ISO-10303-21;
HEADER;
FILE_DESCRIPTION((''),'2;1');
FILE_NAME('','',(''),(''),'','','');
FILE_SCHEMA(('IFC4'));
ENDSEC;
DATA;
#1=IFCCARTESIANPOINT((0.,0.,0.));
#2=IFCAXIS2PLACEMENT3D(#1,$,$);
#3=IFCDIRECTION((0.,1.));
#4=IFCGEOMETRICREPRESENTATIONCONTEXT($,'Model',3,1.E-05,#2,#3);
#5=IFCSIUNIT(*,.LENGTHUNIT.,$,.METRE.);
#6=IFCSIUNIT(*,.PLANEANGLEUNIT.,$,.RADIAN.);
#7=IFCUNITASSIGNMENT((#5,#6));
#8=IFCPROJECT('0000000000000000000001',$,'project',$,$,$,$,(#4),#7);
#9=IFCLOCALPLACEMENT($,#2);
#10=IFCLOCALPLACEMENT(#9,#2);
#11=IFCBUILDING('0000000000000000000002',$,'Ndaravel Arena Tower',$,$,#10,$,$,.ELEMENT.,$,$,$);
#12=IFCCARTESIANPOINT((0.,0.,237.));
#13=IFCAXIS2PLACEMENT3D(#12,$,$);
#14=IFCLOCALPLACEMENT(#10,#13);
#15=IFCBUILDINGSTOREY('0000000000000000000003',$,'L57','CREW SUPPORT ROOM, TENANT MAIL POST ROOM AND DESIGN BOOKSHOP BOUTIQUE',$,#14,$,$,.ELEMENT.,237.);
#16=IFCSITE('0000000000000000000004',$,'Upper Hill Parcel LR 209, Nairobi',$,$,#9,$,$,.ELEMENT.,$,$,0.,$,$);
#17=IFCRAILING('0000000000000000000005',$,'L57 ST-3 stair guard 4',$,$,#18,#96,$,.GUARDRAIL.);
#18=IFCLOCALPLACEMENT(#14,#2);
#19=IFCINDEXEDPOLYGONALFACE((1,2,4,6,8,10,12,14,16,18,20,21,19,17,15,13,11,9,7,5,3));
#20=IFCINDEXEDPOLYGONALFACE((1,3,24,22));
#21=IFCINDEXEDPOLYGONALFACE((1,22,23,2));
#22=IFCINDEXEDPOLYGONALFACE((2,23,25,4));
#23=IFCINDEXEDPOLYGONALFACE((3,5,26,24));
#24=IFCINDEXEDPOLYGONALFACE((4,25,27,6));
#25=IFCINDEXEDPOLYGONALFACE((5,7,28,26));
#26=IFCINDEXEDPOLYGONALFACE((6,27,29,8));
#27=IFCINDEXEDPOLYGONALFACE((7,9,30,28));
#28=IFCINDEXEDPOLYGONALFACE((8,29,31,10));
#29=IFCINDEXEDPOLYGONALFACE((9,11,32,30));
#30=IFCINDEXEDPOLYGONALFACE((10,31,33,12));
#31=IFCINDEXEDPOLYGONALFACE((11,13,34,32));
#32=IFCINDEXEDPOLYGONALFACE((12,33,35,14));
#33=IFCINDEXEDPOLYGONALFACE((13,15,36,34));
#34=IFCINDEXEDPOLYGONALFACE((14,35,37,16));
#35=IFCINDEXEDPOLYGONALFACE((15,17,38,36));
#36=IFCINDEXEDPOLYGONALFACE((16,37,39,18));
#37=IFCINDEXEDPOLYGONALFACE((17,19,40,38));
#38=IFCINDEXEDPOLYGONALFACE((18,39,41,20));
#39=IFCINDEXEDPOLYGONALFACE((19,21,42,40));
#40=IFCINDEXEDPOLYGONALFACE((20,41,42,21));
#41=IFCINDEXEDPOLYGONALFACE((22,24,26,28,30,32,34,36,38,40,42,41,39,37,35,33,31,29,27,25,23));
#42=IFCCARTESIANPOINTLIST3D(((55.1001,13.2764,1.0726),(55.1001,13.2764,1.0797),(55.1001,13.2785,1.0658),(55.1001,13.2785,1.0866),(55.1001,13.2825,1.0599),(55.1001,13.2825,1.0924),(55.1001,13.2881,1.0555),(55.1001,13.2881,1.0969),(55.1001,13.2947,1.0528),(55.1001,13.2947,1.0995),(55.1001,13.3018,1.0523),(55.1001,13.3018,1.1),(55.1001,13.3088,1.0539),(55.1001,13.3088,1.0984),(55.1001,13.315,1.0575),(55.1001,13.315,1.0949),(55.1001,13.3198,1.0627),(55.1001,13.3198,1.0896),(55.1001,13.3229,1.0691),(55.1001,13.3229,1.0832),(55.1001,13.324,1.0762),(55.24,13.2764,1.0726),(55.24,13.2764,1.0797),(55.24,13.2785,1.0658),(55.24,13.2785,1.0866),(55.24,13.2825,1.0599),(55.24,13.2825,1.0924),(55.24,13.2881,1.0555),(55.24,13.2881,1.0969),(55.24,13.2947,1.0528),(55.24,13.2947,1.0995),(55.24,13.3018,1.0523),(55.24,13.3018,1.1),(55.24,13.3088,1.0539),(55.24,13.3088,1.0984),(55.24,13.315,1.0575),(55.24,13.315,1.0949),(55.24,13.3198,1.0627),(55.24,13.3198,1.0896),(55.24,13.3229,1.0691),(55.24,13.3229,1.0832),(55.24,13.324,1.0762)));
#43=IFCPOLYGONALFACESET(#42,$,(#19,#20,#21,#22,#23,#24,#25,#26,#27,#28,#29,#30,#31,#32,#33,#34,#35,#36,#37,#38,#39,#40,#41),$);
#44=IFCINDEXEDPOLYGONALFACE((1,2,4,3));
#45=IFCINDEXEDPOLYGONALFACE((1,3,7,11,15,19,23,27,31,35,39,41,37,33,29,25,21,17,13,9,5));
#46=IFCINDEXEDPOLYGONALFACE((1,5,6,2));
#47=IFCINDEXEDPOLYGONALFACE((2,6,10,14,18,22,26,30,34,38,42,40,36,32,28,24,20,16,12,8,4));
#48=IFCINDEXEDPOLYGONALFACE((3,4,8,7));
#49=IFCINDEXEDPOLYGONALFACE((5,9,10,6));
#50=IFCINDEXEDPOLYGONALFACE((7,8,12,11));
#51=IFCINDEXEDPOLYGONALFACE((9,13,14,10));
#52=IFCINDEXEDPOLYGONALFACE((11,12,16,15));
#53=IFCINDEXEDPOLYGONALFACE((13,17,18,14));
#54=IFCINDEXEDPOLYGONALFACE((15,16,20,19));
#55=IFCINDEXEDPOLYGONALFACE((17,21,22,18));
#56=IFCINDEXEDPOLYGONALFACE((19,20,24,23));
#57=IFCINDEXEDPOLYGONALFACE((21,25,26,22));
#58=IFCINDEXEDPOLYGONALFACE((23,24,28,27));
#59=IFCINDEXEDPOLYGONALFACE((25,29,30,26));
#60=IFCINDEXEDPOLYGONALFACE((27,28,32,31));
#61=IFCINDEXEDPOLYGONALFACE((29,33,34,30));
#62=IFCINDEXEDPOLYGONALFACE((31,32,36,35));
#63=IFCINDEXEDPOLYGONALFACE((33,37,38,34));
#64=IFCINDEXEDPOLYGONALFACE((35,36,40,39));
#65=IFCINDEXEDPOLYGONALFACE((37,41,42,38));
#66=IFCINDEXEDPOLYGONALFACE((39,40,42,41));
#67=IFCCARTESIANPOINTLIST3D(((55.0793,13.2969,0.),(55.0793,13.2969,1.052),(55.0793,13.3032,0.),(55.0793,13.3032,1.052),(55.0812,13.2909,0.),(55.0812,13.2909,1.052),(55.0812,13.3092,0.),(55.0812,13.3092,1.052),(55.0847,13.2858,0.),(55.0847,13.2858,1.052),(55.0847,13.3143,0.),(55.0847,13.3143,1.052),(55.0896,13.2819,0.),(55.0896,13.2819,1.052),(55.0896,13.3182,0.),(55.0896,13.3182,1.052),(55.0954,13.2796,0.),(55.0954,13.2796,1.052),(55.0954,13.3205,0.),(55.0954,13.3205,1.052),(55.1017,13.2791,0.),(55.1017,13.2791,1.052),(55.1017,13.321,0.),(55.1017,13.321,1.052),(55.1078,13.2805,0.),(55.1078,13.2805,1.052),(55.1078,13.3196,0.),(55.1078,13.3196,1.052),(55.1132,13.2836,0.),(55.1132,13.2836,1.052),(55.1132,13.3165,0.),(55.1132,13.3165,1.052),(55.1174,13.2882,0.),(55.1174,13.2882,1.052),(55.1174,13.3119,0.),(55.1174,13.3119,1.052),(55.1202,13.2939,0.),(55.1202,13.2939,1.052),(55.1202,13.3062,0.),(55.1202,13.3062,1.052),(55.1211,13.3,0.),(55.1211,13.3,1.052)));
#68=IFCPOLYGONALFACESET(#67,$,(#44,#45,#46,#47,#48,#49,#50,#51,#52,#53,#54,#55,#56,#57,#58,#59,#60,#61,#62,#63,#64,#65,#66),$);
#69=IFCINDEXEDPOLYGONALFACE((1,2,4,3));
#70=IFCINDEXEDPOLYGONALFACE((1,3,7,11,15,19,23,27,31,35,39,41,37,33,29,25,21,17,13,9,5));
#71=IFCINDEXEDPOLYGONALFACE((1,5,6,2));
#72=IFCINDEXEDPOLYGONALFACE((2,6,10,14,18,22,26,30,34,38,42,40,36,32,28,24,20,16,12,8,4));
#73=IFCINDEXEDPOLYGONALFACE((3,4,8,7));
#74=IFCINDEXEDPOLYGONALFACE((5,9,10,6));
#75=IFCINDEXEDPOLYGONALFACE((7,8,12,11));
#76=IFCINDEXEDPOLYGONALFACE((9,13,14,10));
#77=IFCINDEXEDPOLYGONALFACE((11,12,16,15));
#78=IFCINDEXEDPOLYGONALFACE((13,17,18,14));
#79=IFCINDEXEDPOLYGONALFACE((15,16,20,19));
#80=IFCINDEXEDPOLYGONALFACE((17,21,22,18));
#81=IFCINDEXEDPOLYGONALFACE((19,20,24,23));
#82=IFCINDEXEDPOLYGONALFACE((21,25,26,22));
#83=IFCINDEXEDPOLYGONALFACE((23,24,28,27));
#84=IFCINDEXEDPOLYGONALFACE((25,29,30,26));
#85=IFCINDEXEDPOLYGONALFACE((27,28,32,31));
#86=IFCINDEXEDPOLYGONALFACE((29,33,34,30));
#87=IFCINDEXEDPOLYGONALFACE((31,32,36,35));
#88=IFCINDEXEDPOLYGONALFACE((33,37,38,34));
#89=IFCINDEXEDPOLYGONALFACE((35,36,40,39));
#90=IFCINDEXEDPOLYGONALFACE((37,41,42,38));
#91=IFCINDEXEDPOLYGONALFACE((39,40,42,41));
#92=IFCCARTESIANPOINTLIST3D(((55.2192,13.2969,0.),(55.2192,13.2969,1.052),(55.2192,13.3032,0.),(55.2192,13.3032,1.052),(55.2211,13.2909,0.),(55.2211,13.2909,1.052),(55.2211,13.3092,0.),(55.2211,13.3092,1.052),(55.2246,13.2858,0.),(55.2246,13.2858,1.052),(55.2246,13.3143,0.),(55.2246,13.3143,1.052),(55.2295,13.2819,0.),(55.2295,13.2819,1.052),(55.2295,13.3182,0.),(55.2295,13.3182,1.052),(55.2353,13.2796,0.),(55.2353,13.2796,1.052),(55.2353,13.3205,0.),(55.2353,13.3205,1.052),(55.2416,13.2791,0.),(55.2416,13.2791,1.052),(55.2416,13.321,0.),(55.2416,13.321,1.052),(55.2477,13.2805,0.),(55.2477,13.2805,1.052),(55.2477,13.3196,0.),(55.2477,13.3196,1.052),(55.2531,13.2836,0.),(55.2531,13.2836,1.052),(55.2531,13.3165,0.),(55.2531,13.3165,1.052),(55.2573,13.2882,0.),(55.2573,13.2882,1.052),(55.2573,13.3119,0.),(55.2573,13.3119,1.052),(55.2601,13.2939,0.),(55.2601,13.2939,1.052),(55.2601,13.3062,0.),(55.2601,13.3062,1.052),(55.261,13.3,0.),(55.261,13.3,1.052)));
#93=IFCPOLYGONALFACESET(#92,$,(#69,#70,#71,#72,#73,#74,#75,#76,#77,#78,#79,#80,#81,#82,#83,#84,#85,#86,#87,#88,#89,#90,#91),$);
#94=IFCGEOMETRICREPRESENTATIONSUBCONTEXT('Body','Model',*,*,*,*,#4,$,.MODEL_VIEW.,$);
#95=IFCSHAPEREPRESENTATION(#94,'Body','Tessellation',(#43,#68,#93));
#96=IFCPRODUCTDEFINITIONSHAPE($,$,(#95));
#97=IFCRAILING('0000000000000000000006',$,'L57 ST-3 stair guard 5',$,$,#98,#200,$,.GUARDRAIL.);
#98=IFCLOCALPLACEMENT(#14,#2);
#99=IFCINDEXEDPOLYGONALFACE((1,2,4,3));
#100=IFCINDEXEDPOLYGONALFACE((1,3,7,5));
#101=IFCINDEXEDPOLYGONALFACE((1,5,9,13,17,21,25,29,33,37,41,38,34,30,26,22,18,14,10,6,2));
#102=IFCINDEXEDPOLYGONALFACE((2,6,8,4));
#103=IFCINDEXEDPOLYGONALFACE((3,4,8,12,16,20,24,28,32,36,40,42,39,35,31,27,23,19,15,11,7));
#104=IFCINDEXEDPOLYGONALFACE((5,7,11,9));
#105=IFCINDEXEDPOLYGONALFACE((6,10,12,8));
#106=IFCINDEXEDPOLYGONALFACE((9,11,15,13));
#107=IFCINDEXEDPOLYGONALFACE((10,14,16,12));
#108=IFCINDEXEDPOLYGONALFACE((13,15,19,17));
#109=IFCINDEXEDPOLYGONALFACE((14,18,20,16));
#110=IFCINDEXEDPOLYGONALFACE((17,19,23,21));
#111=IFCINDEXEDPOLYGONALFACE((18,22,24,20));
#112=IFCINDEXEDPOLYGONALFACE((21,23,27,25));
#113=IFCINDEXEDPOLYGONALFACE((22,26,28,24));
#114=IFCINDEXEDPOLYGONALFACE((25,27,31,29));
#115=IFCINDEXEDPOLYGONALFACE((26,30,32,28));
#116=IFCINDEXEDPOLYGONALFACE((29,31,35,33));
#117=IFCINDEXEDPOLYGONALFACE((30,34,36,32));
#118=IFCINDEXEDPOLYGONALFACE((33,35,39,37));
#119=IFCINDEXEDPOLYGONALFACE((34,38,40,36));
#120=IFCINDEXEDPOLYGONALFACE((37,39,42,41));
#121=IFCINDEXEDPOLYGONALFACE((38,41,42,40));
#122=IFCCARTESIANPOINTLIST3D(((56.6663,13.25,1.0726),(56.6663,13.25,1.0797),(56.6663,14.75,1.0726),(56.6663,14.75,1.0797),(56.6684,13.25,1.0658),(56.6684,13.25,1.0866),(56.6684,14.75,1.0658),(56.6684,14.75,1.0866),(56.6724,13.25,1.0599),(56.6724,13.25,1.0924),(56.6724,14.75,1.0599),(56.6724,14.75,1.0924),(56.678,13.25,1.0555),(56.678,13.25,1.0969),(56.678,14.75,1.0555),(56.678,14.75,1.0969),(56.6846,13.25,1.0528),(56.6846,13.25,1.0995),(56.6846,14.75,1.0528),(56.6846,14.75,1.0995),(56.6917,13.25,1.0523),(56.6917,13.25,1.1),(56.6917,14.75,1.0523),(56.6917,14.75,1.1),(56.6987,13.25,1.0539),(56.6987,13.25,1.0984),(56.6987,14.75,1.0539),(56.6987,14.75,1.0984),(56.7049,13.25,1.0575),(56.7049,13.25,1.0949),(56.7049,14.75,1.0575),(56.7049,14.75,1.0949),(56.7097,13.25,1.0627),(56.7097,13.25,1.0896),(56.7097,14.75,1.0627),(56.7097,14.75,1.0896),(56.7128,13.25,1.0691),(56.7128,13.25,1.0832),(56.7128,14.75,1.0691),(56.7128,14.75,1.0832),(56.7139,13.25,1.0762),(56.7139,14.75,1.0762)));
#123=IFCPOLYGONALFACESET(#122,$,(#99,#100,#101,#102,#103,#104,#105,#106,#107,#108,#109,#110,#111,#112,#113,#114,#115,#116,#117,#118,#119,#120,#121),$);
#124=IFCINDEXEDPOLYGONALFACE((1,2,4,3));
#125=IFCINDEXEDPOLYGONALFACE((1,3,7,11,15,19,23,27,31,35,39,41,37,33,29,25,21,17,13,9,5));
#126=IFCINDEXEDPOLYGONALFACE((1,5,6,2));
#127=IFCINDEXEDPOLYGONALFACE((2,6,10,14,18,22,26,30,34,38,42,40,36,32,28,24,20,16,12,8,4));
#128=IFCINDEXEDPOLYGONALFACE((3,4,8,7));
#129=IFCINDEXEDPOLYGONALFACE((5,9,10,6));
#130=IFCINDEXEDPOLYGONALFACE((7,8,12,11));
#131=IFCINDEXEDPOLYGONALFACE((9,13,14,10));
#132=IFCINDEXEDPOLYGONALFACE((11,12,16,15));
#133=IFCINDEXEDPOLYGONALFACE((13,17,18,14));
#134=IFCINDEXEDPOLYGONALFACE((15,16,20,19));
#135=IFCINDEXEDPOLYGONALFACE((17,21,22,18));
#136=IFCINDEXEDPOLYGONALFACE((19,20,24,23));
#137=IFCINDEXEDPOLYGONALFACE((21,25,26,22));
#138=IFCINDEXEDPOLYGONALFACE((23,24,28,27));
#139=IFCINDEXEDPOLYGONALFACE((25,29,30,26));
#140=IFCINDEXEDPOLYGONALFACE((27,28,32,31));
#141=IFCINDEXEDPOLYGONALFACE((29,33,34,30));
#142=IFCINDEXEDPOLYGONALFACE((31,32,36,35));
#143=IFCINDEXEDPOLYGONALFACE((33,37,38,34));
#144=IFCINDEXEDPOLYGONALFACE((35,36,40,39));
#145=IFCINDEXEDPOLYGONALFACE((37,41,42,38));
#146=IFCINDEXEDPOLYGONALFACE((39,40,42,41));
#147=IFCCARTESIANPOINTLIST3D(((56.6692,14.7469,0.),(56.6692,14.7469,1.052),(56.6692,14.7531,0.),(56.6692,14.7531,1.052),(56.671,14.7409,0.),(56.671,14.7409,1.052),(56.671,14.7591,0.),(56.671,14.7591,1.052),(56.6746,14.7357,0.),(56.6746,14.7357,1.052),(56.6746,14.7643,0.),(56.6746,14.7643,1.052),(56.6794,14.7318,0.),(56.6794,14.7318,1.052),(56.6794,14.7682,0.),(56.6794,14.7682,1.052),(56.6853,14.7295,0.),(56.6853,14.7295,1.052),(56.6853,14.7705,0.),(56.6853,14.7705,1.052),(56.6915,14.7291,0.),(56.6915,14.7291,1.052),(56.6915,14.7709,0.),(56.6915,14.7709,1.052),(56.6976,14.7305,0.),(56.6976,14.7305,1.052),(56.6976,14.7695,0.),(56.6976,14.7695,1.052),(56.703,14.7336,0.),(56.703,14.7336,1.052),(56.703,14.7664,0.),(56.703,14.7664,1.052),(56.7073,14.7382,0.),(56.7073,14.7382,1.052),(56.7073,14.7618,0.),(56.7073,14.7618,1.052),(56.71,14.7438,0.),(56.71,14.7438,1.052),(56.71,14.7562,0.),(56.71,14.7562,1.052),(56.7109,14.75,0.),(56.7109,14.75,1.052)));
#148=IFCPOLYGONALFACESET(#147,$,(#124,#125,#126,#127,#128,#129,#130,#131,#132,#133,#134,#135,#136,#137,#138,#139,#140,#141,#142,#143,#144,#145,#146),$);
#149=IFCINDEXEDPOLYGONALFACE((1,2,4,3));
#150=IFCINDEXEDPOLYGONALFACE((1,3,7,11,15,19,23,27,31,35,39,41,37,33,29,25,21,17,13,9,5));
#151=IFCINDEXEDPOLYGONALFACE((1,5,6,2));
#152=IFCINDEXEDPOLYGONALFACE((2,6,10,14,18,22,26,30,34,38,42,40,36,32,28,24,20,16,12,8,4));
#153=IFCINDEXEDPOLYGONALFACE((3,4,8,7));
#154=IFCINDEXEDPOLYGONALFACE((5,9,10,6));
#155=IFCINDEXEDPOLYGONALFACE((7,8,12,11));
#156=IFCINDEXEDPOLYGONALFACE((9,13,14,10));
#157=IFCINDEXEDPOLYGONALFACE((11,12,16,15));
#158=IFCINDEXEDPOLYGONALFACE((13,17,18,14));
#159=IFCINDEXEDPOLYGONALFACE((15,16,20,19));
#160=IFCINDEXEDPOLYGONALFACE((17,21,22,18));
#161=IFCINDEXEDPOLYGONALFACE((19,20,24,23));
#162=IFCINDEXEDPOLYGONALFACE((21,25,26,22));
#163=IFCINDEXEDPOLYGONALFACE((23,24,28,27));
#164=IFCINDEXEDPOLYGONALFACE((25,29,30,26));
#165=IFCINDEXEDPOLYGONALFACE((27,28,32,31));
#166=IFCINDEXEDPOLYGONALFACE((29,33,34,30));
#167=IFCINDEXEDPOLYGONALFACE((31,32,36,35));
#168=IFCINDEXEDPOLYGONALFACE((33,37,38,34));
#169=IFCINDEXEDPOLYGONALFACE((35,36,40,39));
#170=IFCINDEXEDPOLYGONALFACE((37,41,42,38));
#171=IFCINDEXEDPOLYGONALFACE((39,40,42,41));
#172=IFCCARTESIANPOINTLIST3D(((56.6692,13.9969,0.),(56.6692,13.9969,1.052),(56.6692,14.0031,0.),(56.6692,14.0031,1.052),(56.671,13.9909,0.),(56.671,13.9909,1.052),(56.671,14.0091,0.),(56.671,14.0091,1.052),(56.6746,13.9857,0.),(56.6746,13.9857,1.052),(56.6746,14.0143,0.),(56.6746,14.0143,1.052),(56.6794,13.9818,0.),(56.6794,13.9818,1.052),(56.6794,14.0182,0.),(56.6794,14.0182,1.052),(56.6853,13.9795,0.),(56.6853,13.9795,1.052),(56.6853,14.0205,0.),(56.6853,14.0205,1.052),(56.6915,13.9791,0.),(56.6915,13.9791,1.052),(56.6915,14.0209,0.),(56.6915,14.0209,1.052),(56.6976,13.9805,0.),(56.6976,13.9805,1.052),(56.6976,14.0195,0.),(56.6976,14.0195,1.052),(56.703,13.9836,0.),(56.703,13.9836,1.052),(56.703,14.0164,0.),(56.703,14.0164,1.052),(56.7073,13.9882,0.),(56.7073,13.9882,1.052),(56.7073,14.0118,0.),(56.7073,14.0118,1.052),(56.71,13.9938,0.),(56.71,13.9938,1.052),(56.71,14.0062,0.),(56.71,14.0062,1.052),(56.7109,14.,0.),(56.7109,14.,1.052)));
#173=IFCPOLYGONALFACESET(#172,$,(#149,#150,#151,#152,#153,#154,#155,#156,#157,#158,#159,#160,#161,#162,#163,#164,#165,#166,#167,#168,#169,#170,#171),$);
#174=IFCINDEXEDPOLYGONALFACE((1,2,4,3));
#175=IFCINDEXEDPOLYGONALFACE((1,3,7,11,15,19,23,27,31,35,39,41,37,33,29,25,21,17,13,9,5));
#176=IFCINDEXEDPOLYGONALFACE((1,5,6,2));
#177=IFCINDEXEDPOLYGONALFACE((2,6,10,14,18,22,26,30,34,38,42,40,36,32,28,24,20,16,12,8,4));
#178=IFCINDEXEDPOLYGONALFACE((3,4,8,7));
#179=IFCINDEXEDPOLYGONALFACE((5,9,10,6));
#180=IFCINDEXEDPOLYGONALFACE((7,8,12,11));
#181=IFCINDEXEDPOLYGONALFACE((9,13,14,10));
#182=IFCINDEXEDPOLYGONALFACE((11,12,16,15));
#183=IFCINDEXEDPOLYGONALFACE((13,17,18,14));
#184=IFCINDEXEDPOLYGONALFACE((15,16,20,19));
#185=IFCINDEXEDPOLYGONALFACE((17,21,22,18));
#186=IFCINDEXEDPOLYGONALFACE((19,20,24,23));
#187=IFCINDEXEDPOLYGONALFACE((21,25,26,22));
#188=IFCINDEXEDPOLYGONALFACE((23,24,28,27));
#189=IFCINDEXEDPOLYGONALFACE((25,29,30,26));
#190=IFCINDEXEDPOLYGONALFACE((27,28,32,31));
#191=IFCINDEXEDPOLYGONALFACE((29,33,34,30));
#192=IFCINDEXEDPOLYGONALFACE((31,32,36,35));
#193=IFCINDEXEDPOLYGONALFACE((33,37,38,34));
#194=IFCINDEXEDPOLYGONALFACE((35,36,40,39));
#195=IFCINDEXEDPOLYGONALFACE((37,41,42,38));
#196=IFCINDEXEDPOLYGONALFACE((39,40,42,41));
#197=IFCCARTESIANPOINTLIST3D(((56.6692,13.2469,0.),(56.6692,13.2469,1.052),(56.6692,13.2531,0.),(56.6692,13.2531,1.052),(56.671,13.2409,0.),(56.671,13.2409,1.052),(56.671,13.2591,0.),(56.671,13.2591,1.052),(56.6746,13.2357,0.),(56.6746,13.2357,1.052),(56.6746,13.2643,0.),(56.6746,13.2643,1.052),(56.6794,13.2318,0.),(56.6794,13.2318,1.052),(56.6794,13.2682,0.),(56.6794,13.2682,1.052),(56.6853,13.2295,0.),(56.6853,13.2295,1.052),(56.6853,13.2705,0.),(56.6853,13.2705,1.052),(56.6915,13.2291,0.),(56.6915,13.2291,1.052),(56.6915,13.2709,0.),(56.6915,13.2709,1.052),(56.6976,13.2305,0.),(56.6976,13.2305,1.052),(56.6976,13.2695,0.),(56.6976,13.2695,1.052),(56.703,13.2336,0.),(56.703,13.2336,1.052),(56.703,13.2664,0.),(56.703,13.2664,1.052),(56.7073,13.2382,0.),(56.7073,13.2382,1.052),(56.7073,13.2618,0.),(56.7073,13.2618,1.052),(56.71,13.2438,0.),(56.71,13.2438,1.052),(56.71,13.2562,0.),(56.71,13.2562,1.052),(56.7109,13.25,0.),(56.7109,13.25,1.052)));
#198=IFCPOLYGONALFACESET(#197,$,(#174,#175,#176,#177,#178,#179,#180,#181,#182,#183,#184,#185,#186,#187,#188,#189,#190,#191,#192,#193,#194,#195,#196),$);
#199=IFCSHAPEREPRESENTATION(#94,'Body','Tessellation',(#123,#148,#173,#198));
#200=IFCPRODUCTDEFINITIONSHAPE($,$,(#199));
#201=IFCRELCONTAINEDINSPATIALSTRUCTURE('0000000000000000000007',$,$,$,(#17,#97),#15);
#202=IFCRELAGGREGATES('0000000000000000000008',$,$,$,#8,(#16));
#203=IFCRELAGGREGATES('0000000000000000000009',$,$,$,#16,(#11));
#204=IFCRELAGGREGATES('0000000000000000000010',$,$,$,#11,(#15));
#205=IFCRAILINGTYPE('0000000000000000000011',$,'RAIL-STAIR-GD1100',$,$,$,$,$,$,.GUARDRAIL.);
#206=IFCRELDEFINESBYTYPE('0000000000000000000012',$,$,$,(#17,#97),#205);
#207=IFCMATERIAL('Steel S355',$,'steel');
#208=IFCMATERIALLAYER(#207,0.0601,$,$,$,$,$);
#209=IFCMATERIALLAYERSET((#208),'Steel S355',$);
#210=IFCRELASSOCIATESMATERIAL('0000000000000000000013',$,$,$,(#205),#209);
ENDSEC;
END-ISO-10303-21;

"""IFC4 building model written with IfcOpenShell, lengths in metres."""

from ifc_helpers import new_model, si_unit, direction, frame, origin, origin_2d, place, context, subcontext, project, spatial, circle, extrude, material, layer, layer_set, type_object, element, save


model = new_model("IFC4")

# Units and contexts
model_context = context("Model", 3, precision=1e-05, world=origin(), true_north=direction((0.0, 1.0)))
body_context = subcontext(model_context, "Body", "Model", "MODEL_VIEW")
ifc_project = project(units=[si_unit("LENGTHUNIT", "METRE"), si_unit("PLANEANGLEUNIT", "RADIAN")], contexts=[model_context])

# Site, building, storey
site_placement = place(None, origin())
site = spatial("IfcSite", under=ifc_project, at=site_placement, Name="Upper Hill Parcel LR 209, Nairobi", CompositionType="ELEMENT", RefElevation=0.0)
building_placement = place(site_placement, origin())
building = spatial("IfcBuilding", under=site, at=building_placement, Name="Ndaravel Arena Tower", CompositionType="ELEMENT")
storey_placement = place(building_placement, frame((0.0, 0.0, 237.0)))
storey = spatial("IfcBuildingStorey", under=building, at=storey_placement, Name="L57", Description="CREW SUPPORT ROOM, TENANT MAIL POST ROOM AND DESIGN BOOKSHOP BOUTIQUE", CompositionType="ELEMENT", Elevation=237.0)

# Railings
ifc_material_1 = material(Name="Steel S355", Category="steel")
ifc_layer_1 = layer(ifc_material_1, 0.0601)
ifc_layer_set_1 = layer_set([ifc_layer_1], Name="Steel S355")
railing_type_1 = type_object("IfcRailingType", Name="RAIL-STAIR-GD1100", PredefinedType="GUARDRAIL", material=ifc_layer_set_1)
railing_1_placement = place(storey_placement, frame((55.1001, 13.3, 0.0)))
element("IfcRailing", 1, at=railing_1_placement, inside=storey, type_object=railing_type_1, Name="L57 ST-3 stair guard 4", PredefinedType="GUARDRAIL", context=body_context, shape_type="SweptSolid", body=[
    extrude(circle(Radius=0.0239, at=origin_2d()), frame((0.0, 0.0, 1.0762), z_axis=(1.0, 0.0, 0.0), x_axis=(0.0, 1.0, 0.0)), (0.0, 0.0, 1.0), 0.1399),
    extrude(circle(Radius=0.021, at=origin_2d()), origin(), (0.0, 0.0, 1.0), 1.052),
    extrude(circle(Radius=0.021, at=origin_2d()), frame((0.1399, 0.0, 0.0)), (0.0, 0.0, 1.0), 1.052),
])
railing_2_placement = place(storey_placement, frame((56.6899, 14.75, 0.0)))
element("IfcRailing", 2, at=railing_2_placement, inside=storey, type_object=railing_type_1, Name="L57 ST-3 stair guard 5", PredefinedType="GUARDRAIL", context=body_context, shape_type="SweptSolid", body=[
    extrude(circle(Radius=0.0239, at=origin_2d()), frame((0.0, 0.0, 1.0762), z_axis=(0.0, -1.0, 0.0), x_axis=(1.0, 0.0, 0.0)), (0.0, 0.0, 1.0), 1.5),
    extrude(circle(Radius=0.021, at=origin_2d()), origin(), (0.0, 0.0, 1.0), 1.052),
    extrude(circle(Radius=0.021, at=origin_2d()), frame((0.0, -0.75, 0.0)), (0.0, 0.0, 1.0), 1.052),
    extrude(circle(Radius=0.021, at=origin_2d()), frame((0.0, -1.5, 0.0)), (0.0, 0.0, 1.0), 1.052),
])

save(model, "model.ifc")
